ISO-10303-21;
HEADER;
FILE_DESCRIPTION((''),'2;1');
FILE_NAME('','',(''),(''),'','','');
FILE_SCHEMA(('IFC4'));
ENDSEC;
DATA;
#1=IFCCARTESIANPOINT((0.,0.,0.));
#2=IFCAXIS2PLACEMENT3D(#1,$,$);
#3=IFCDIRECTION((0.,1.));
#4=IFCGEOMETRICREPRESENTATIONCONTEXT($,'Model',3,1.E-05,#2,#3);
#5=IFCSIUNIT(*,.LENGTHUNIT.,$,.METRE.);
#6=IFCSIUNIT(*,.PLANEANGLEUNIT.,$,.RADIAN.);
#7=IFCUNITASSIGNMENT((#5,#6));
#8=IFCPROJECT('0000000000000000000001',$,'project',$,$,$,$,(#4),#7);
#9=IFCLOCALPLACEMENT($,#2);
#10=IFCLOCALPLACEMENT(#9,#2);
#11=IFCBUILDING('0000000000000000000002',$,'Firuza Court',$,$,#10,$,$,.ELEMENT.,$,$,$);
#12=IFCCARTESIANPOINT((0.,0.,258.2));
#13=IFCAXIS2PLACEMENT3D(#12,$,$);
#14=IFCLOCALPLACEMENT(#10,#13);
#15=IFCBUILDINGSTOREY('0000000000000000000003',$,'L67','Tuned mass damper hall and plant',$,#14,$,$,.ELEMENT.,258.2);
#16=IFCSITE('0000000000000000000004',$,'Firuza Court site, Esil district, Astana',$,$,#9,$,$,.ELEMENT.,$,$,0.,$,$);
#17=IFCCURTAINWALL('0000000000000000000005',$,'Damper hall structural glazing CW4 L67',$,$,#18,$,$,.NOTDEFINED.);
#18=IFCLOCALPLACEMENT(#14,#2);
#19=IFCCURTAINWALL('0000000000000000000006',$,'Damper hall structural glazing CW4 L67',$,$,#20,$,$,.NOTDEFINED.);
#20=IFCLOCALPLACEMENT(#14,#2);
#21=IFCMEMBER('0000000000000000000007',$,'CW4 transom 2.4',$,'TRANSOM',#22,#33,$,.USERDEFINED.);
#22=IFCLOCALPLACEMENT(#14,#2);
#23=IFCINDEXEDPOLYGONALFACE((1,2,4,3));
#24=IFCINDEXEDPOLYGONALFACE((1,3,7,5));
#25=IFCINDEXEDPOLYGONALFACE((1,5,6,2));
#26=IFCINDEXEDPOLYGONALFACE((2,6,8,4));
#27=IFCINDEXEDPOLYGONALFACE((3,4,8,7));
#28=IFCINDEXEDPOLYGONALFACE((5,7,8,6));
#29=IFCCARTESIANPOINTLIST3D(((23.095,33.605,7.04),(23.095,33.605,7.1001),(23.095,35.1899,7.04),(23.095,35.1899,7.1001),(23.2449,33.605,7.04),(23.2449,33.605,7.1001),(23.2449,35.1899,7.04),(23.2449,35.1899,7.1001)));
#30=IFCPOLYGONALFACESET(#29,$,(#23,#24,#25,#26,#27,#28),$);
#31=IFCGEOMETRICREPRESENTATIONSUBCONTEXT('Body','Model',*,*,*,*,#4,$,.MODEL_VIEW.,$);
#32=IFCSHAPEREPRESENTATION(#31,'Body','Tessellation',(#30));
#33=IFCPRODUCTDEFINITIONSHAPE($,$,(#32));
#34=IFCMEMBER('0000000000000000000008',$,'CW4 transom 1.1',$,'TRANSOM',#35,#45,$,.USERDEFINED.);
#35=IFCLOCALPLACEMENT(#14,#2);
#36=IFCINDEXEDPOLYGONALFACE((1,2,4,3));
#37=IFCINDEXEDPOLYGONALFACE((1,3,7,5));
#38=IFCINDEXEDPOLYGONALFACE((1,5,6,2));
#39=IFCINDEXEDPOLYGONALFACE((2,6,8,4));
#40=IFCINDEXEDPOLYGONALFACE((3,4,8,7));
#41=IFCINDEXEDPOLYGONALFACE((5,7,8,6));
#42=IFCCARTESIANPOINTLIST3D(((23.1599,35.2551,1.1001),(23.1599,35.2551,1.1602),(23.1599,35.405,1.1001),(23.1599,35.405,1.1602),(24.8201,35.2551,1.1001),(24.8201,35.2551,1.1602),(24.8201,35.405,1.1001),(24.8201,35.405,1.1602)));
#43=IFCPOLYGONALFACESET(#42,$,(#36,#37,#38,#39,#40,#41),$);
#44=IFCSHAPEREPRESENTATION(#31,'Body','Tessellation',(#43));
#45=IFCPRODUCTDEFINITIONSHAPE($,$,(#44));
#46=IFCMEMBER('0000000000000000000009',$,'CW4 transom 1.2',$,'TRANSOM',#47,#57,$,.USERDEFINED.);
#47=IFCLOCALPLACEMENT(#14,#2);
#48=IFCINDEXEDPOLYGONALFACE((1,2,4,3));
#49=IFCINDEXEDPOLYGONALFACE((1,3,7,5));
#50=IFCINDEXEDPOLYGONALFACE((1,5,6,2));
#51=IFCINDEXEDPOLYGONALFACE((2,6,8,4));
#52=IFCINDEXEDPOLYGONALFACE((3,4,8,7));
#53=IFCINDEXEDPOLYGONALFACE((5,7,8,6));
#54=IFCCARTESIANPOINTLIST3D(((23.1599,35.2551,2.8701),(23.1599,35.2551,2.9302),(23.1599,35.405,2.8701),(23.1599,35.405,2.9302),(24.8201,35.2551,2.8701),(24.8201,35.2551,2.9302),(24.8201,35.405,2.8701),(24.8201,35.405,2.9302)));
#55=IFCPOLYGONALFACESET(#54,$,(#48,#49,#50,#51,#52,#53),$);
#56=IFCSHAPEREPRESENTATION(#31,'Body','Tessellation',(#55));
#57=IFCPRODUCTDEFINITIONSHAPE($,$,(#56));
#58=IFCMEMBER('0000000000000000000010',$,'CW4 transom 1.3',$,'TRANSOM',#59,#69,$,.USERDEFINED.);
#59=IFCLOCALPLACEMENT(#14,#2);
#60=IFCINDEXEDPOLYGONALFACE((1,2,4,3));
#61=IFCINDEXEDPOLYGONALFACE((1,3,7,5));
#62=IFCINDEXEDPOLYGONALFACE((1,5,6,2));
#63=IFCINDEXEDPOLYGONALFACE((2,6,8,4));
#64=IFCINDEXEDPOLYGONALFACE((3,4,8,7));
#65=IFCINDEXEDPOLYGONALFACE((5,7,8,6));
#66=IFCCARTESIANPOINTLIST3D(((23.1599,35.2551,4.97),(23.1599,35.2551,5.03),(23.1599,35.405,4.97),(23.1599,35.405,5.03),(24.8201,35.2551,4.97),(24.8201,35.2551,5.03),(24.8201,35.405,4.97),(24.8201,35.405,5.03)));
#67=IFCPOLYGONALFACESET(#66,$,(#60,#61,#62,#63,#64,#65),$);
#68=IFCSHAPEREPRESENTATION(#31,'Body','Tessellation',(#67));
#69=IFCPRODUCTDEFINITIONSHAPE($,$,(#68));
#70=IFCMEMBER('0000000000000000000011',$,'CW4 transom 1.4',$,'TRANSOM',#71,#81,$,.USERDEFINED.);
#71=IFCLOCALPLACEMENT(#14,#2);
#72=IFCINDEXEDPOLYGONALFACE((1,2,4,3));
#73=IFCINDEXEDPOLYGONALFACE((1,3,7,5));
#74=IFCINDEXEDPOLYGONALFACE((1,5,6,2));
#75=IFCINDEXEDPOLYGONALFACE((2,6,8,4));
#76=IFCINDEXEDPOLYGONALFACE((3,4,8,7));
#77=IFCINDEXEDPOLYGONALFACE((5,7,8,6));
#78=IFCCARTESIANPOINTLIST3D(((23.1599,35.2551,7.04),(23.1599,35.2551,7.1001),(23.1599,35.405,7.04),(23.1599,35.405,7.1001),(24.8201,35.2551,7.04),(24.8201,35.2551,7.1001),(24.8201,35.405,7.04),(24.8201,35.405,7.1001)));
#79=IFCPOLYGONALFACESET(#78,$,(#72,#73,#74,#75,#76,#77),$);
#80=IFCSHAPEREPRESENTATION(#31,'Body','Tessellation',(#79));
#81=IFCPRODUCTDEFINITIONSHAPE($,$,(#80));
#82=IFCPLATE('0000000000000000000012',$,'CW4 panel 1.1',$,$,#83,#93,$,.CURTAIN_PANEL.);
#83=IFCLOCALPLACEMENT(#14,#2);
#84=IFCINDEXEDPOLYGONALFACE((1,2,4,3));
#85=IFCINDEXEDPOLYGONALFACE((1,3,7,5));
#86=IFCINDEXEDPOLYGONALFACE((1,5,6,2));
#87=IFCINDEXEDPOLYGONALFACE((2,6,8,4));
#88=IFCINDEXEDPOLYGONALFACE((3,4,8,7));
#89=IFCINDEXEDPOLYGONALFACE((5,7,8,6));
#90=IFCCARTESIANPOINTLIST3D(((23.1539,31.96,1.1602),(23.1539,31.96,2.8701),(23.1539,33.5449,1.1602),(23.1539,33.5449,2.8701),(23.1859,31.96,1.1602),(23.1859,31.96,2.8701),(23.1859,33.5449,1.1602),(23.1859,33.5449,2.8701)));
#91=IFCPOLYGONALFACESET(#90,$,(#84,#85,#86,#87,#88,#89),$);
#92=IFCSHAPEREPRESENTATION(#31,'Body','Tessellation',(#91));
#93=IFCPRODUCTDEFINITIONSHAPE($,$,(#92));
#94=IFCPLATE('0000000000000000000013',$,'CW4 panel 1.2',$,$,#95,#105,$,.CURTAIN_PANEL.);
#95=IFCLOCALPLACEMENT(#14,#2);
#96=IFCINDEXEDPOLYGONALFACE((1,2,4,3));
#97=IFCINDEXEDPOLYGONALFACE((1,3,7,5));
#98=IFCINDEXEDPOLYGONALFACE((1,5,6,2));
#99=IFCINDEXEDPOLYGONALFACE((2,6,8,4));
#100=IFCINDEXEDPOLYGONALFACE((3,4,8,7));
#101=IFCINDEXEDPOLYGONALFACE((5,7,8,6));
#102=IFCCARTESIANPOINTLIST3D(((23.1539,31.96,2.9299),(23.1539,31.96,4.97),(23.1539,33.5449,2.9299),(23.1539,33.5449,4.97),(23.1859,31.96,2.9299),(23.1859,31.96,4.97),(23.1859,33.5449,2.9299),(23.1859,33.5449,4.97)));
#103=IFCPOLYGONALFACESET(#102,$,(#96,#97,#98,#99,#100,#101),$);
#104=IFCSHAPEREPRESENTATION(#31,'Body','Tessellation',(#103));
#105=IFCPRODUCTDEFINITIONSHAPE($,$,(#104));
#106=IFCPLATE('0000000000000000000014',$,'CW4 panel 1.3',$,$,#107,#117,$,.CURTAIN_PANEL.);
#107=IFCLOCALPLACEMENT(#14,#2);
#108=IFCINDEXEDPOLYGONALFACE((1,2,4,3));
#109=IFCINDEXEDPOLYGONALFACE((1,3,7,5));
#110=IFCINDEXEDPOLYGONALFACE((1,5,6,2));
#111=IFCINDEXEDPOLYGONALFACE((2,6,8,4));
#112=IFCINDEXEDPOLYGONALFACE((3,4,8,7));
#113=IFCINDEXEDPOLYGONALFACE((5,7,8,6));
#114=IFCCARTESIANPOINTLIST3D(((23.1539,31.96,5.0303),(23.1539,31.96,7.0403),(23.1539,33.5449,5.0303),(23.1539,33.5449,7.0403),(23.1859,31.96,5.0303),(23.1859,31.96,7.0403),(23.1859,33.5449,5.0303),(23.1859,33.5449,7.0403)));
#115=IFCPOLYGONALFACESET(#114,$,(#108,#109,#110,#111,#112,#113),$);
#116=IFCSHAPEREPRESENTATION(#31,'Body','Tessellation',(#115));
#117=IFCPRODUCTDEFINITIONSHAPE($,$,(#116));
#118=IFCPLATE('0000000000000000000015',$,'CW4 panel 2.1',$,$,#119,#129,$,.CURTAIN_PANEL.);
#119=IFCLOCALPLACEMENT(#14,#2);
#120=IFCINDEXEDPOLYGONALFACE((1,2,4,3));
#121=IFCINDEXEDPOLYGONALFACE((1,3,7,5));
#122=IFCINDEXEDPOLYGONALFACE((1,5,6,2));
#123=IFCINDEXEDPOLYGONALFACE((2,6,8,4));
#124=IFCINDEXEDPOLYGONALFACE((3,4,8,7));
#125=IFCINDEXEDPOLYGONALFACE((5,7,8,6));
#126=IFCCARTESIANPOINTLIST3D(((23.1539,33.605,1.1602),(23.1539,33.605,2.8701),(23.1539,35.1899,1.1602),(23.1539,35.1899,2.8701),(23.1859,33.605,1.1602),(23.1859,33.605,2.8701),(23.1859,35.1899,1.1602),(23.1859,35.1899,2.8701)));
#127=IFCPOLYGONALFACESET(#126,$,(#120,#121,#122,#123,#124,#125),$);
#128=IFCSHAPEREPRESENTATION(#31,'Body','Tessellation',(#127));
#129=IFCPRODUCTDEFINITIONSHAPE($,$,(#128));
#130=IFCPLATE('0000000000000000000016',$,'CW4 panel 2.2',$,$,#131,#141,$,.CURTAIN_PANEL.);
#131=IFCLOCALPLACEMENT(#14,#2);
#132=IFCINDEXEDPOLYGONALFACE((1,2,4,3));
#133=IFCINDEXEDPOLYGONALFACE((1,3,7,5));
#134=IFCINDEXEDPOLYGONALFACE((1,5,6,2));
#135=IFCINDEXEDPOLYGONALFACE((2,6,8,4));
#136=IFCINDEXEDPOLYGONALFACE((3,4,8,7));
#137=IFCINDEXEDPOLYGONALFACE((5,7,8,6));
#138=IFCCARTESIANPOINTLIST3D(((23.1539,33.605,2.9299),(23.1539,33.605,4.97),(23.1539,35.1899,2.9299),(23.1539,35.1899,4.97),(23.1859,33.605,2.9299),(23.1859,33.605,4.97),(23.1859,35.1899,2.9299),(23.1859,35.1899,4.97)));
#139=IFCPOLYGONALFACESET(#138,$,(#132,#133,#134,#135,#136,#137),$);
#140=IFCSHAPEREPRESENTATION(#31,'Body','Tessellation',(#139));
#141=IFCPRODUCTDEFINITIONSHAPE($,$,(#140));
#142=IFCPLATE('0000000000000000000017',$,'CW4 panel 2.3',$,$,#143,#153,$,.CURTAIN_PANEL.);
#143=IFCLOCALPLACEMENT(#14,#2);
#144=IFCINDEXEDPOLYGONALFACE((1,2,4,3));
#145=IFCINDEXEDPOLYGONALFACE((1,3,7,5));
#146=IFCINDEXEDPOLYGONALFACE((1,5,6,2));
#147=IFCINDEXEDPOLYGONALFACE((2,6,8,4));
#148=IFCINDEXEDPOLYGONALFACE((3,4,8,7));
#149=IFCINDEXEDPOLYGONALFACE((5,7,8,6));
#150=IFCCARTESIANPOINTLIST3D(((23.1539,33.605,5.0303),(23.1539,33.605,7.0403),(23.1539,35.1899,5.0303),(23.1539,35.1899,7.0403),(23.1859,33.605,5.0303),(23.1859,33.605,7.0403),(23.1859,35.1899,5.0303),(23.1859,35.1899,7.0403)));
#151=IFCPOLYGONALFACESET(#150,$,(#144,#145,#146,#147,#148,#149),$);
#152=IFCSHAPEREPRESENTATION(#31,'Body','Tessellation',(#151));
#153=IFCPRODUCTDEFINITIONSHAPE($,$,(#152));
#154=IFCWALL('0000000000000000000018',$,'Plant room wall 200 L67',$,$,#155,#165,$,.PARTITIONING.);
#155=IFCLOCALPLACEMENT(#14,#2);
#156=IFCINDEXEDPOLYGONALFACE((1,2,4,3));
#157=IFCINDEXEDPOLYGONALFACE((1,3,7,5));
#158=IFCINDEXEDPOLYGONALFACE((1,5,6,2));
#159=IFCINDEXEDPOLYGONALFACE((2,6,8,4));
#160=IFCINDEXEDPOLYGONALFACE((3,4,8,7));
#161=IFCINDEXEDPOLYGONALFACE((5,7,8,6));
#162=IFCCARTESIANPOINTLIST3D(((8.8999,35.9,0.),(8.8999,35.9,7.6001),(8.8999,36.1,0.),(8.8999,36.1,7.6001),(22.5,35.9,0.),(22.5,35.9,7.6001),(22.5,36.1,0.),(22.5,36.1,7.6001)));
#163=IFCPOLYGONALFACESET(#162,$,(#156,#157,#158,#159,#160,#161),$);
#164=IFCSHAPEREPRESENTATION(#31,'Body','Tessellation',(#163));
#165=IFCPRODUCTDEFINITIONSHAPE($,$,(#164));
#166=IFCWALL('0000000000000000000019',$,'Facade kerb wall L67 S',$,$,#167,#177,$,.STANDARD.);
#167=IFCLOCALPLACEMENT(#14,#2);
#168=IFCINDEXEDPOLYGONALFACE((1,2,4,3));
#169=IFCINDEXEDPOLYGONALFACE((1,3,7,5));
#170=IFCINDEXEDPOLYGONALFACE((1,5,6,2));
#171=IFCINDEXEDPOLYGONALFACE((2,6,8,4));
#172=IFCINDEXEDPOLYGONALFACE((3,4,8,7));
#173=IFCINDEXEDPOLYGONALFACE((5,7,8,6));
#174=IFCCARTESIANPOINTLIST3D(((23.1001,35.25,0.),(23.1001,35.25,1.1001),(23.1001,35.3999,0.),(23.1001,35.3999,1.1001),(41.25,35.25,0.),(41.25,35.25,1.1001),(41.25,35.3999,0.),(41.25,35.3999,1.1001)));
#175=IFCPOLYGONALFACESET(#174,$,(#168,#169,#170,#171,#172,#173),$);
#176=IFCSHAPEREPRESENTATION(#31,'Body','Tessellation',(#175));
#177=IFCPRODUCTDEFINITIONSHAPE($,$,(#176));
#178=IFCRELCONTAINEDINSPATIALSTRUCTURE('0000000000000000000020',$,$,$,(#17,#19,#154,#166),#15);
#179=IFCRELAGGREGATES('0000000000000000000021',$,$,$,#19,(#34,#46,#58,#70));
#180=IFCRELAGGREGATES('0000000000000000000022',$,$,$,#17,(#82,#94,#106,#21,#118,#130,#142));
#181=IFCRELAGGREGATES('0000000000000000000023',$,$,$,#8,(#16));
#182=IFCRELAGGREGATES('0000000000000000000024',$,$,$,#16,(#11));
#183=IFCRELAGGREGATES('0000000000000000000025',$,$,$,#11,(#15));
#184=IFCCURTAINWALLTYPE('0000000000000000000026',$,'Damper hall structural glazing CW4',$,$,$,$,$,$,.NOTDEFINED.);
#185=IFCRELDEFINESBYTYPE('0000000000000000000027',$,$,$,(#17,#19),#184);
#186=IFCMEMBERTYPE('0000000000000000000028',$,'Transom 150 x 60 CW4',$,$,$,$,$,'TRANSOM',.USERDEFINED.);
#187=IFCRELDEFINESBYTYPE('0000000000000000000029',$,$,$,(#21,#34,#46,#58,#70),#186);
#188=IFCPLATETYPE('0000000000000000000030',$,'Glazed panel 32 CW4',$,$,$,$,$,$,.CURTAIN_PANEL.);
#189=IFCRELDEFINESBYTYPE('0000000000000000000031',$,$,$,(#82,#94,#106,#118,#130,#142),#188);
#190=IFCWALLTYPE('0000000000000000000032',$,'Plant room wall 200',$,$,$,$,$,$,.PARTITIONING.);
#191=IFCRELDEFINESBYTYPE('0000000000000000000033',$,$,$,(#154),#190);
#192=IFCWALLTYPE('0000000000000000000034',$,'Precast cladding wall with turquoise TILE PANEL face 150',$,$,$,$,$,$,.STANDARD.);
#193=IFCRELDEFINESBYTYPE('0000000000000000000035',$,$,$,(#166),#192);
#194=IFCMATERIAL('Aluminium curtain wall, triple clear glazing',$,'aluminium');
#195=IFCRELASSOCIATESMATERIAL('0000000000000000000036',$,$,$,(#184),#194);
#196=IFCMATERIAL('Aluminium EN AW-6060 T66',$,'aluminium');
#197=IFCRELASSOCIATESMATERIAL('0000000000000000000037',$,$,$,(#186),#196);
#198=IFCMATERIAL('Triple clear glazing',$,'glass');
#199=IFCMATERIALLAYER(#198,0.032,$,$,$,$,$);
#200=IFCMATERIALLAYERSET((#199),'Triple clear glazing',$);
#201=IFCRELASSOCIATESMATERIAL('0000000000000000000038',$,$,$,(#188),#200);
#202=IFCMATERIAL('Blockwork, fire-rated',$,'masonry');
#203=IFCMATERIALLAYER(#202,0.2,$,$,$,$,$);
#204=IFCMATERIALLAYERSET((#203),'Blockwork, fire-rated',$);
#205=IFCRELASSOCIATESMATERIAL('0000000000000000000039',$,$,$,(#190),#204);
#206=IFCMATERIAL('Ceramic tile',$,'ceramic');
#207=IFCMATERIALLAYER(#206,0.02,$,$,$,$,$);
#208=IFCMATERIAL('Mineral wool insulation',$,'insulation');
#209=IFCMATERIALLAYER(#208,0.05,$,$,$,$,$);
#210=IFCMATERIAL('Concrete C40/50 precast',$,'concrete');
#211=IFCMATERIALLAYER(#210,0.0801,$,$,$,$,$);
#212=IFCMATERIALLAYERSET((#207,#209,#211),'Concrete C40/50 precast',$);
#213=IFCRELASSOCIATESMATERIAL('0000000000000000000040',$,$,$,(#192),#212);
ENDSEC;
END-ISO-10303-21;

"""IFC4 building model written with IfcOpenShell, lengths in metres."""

from ifc_helpers import new_model, si_unit, direction, frame, frame_2d, origin, origin_2d, place, context, subcontext, project, spatial, rectangle, extrude, material, layer, layer_set, material_profile, profile_set, type_object, element, aggregate, save


model = new_model("IFC4")

# Units and contexts
model_context = context("Model", 3, precision=1e-05, world=origin(), true_north=direction((0.0, 1.0)))
body_context = subcontext(model_context, "Body", "Model", "MODEL_VIEW")
ifc_project = project(units=[si_unit("LENGTHUNIT", "METRE"), si_unit("PLANEANGLEUNIT", "RADIAN")], contexts=[model_context])

# Site, building, storey
site_placement = place(None, origin())
site = spatial("IfcSite", under=ifc_project, at=site_placement, Name="Firuza Court site, Esil district, Astana", CompositionType="ELEMENT", RefElevation=0.0)
building_placement = place(site_placement, origin())
building = spatial("IfcBuilding", under=site, at=building_placement, Name="Firuza Court", CompositionType="ELEMENT")
storey_placement = place(building_placement, frame((0.0, 0.0, 258.2)))
storey = spatial("IfcBuildingStorey", under=building, at=storey_placement, Name="L67", Description="Tuned mass damper hall and plant", CompositionType="ELEMENT", Elevation=258.2)

# Curtain wall
ifc_material_1 = material(Name="Aluminium curtain wall, triple clear glazing", Category="aluminium")
curtain_wall_type = type_object("IfcCurtainWallType", Name="Damper hall structural glazing CW4", PredefinedType="NOTDEFINED", material=ifc_material_1)
curtain_wall_1_placement = place(storey_placement, origin())
curtain_wall_1 = element("IfcCurtainWall", 1, at=curtain_wall_1_placement, inside=storey, type_object=curtain_wall_type, Name="Damper hall structural glazing CW4 L67", PredefinedType="NOTDEFINED")

# Curtain wall
curtain_wall_2_placement = place(storey_placement, origin())
curtain_wall_2 = element("IfcCurtainWall", 2, at=curtain_wall_2_placement, inside=storey, type_object=curtain_wall_type, Name="Damper hall structural glazing CW4 L67", PredefinedType="NOTDEFINED")

# Members
ifc_material_2 = material(Name="Aluminium EN AW-6060 T66", Category="aluminium")
ifc_material_profile_1 = material_profile(ifc_material_2, rectangle(XDim=0.1499, YDim=0.0601, at=origin_2d()), Name="Transom 150 x 60 CW4")
ifc_profile_set_1 = profile_set([ifc_material_profile_1], Name="Aluminium EN AW-6060 T66")
member_type_1 = type_object("IfcMemberType", Name="Transom 150 x 60 CW4", ElementType="TRANSOM", PredefinedType="USERDEFINED", material=ifc_profile_set_1)
member_1_placement = place(storey_placement, frame((23.1699, 33.605, 7.0701), z_axis=(0.0, 1.0, 0.0), x_axis=(-1.0, 0.0, 0.0)))
member_1 = element("IfcMember", 3, at=member_1_placement, type_object=member_type_1, Name="CW4 transom 2.4", ObjectType="TRANSOM", PredefinedType="USERDEFINED", context=body_context, shape_type="SweptSolid", body=[
    extrude(rectangle(XDim=0.1499, YDim=0.0601, at=origin_2d()), origin(), (0.0, 0.0, 1.0), 1.585),
])
member_2_placement = place(storey_placement, frame((23.1599, 35.3301, 1.1301), z_axis=(1.0, 0.0, 0.0), x_axis=(0.0, 1.0, 0.0)))
member_2 = element("IfcMember", 4, at=member_2_placement, type_object=member_type_1, Name="CW4 transom 1.1", ObjectType="TRANSOM", PredefinedType="USERDEFINED", context=body_context, shape_type="SweptSolid", body=[
    extrude(rectangle(XDim=0.1499, YDim=0.0601, at=origin_2d()), origin(), (0.0, 0.0, 1.0), 1.6602),
])
member_3_placement = place(storey_placement, frame((23.1599, 35.3301, 2.9001), z_axis=(1.0, 0.0, 0.0), x_axis=(0.0, 1.0, 0.0)))
member_3 = element("IfcMember", 5, at=member_3_placement, type_object=member_type_1, Name="CW4 transom 1.2", ObjectType="TRANSOM", PredefinedType="USERDEFINED", context=body_context, shape_type="SweptSolid", body=[
    extrude(rectangle(XDim=0.1499, YDim=0.0601, at=origin_2d()), origin(), (0.0, 0.0, 1.0), 1.6602),
])
member_4_placement = place(storey_placement, frame((23.1599, 35.3301, 5.0), z_axis=(1.0, 0.0, 0.0), x_axis=(0.0, 1.0, 0.0)))
member_4 = element("IfcMember", 6, at=member_4_placement, type_object=member_type_1, Name="CW4 transom 1.3", ObjectType="TRANSOM", PredefinedType="USERDEFINED", context=body_context, shape_type="SweptSolid", body=[
    extrude(rectangle(XDim=0.1499, YDim=0.0601, at=origin_2d()), origin(), (0.0, 0.0, 1.0), 1.6602),
])
member_5_placement = place(storey_placement, frame((23.1599, 35.3301, 7.0701), z_axis=(1.0, 0.0, 0.0), x_axis=(0.0, 1.0, 0.0)))
member_5 = element("IfcMember", 7, at=member_5_placement, type_object=member_type_1, Name="CW4 transom 1.4", ObjectType="TRANSOM", PredefinedType="USERDEFINED", context=body_context, shape_type="SweptSolid", body=[
    extrude(rectangle(XDim=0.1499, YDim=0.0601, at=origin_2d()), origin(), (0.0, 0.0, 1.0), 1.6602),
])
aggregate(curtain_wall_2, [member_2, member_3, member_4, member_5])

# Plates
ifc_material_3 = material(Name="Triple clear glazing", Category="glass")
ifc_layer_1 = layer(ifc_material_3, 0.032)
ifc_layer_set_1 = layer_set([ifc_layer_1], Name="Triple clear glazing")
plate_type = type_object("IfcPlateType", Name="Glazed panel 32 CW4", PredefinedType="CURTAIN_PANEL", material=ifc_layer_set_1)
plate_1_placement = place(storey_placement, frame((23.1699, 32.7524, 1.1602), z_axis=(0.0, 0.0, 1.0), x_axis=(0.0, 1.0, 0.0)))
plate_1 = element("IfcPlate", 8, at=plate_1_placement, type_object=plate_type, Name="CW4 panel 1.1", PredefinedType="CURTAIN_PANEL", context=body_context, shape_type="SweptSolid", body=[
    extrude(rectangle(XDim=1.585, YDim=0.032, at=origin_2d()), origin(), (0.0, 0.0, 1.0), 1.71),
])
plate_2_placement = place(storey_placement, frame((23.1699, 32.7524, 2.9299), z_axis=(0.0, 0.0, 1.0), x_axis=(0.0, 1.0, 0.0)))
plate_2 = element("IfcPlate", 9, at=plate_2_placement, type_object=plate_type, Name="CW4 panel 1.2", PredefinedType="CURTAIN_PANEL", context=body_context, shape_type="SweptSolid", body=[
    extrude(rectangle(XDim=1.585, YDim=0.032, at=origin_2d()), origin(), (0.0, 0.0, 1.0), 2.04),
])
plate_3_placement = place(storey_placement, frame((23.1699, 32.7524, 5.0303), z_axis=(0.0, 0.0, 1.0), x_axis=(0.0, 1.0, 0.0)))
plate_3 = element("IfcPlate", 10, at=plate_3_placement, type_object=plate_type, Name="CW4 panel 1.3", PredefinedType="CURTAIN_PANEL", context=body_context, shape_type="SweptSolid", body=[
    extrude(rectangle(XDim=1.585, YDim=0.032, at=origin_2d()), origin(), (0.0, 0.0, 1.0), 2.01),
])
plate_4_placement = place(storey_placement, frame((23.1699, 34.3975, 1.1602), z_axis=(0.0, 0.0, 1.0), x_axis=(0.0, 1.0, 0.0)))
plate_4 = element("IfcPlate", 11, at=plate_4_placement, type_object=plate_type, Name="CW4 panel 2.1", PredefinedType="CURTAIN_PANEL", context=body_context, shape_type="SweptSolid", body=[
    extrude(rectangle(XDim=1.585, YDim=0.032, at=origin_2d()), origin(), (0.0, 0.0, 1.0), 1.71),
])
plate_5_placement = place(storey_placement, frame((23.1699, 34.3975, 2.9299), z_axis=(0.0, 0.0, 1.0), x_axis=(0.0, 1.0, 0.0)))
plate_5 = element("IfcPlate", 12, at=plate_5_placement, type_object=plate_type, Name="CW4 panel 2.2", PredefinedType="CURTAIN_PANEL", context=body_context, shape_type="SweptSolid", body=[
    extrude(rectangle(XDim=1.585, YDim=0.032, at=origin_2d()), origin(), (0.0, 0.0, 1.0), 2.04),
])
plate_6_placement = place(storey_placement, frame((23.1699, 34.3975, 5.0303), z_axis=(0.0, 0.0, 1.0), x_axis=(0.0, 1.0, 0.0)))
plate_6 = element("IfcPlate", 13, at=plate_6_placement, type_object=plate_type, Name="CW4 panel 2.3", PredefinedType="CURTAIN_PANEL", context=body_context, shape_type="SweptSolid", body=[
    extrude(rectangle(XDim=1.585, YDim=0.032, at=origin_2d()), origin(), (0.0, 0.0, 1.0), 2.01),
])
aggregate(curtain_wall_1, [plate_1, plate_2, plate_3, member_1, plate_4, plate_5, plate_6])

# Walls
ifc_material_4 = material(Name="Blockwork, fire-rated", Category="masonry")
ifc_layer_2 = layer(ifc_material_4, 0.2)
ifc_layer_set_2 = layer_set([ifc_layer_2], Name="Blockwork, fire-rated")
wall_type_1 = type_object("IfcWallType", Name="Plant room wall 200", PredefinedType="PARTITIONING", material=ifc_layer_set_2)
wall_1_placement = place(storey_placement, frame((22.5, 36.0, 0.0), z_axis=(0.0, 0.0, 1.0), x_axis=(-1.0, 0.0, 0.0)))
element("IfcWall", 14, at=wall_1_placement, inside=storey, type_object=wall_type_1, Name="Plant room wall 200 L67", PredefinedType="PARTITIONING", context=body_context, shape_type="SweptSolid", body=[
    extrude(rectangle(XDim=13.6001, YDim=0.2, at=frame_2d((6.8, 0.0))), origin(), (0.0, 0.0, 1.0), 7.6001),
])
ifc_material_5 = material(Name="Ceramic tile", Category="ceramic")
ifc_layer_3 = layer(ifc_material_5, 0.02)
ifc_material_6 = material(Name="Mineral wool insulation", Category="insulation")
ifc_layer_4 = layer(ifc_material_6, 0.05)
ifc_material_7 = material(Name="Concrete C40/50 precast", Category="concrete")
ifc_layer_5 = layer(ifc_material_7, 0.0801)
ifc_layer_set_3 = layer_set([ifc_layer_3, ifc_layer_4, ifc_layer_5], Name="Concrete C40/50 precast")
wall_type_2 = type_object("IfcWallType", Name="Precast cladding wall with turquoise TILE PANEL face 150", PredefinedType="STANDARD", material=ifc_layer_set_3)
wall_2_placement = place(storey_placement, frame((23.1001, 35.325, 0.0), z_axis=(0.0, 0.0, 1.0), x_axis=(1.0, 0.0, 0.0)))
element("IfcWall", 15, at=wall_2_placement, inside=storey, type_object=wall_type_2, Name="Facade kerb wall L67 S", PredefinedType="STANDARD", context=body_context, shape_type="SweptSolid", body=[
    extrude(rectangle(XDim=18.1499, YDim=0.1499, at=frame_2d((9.075, 0.0))), origin(), (0.0, 0.0, 1.0), 1.1001),
])

save(model, "model.ifc")
